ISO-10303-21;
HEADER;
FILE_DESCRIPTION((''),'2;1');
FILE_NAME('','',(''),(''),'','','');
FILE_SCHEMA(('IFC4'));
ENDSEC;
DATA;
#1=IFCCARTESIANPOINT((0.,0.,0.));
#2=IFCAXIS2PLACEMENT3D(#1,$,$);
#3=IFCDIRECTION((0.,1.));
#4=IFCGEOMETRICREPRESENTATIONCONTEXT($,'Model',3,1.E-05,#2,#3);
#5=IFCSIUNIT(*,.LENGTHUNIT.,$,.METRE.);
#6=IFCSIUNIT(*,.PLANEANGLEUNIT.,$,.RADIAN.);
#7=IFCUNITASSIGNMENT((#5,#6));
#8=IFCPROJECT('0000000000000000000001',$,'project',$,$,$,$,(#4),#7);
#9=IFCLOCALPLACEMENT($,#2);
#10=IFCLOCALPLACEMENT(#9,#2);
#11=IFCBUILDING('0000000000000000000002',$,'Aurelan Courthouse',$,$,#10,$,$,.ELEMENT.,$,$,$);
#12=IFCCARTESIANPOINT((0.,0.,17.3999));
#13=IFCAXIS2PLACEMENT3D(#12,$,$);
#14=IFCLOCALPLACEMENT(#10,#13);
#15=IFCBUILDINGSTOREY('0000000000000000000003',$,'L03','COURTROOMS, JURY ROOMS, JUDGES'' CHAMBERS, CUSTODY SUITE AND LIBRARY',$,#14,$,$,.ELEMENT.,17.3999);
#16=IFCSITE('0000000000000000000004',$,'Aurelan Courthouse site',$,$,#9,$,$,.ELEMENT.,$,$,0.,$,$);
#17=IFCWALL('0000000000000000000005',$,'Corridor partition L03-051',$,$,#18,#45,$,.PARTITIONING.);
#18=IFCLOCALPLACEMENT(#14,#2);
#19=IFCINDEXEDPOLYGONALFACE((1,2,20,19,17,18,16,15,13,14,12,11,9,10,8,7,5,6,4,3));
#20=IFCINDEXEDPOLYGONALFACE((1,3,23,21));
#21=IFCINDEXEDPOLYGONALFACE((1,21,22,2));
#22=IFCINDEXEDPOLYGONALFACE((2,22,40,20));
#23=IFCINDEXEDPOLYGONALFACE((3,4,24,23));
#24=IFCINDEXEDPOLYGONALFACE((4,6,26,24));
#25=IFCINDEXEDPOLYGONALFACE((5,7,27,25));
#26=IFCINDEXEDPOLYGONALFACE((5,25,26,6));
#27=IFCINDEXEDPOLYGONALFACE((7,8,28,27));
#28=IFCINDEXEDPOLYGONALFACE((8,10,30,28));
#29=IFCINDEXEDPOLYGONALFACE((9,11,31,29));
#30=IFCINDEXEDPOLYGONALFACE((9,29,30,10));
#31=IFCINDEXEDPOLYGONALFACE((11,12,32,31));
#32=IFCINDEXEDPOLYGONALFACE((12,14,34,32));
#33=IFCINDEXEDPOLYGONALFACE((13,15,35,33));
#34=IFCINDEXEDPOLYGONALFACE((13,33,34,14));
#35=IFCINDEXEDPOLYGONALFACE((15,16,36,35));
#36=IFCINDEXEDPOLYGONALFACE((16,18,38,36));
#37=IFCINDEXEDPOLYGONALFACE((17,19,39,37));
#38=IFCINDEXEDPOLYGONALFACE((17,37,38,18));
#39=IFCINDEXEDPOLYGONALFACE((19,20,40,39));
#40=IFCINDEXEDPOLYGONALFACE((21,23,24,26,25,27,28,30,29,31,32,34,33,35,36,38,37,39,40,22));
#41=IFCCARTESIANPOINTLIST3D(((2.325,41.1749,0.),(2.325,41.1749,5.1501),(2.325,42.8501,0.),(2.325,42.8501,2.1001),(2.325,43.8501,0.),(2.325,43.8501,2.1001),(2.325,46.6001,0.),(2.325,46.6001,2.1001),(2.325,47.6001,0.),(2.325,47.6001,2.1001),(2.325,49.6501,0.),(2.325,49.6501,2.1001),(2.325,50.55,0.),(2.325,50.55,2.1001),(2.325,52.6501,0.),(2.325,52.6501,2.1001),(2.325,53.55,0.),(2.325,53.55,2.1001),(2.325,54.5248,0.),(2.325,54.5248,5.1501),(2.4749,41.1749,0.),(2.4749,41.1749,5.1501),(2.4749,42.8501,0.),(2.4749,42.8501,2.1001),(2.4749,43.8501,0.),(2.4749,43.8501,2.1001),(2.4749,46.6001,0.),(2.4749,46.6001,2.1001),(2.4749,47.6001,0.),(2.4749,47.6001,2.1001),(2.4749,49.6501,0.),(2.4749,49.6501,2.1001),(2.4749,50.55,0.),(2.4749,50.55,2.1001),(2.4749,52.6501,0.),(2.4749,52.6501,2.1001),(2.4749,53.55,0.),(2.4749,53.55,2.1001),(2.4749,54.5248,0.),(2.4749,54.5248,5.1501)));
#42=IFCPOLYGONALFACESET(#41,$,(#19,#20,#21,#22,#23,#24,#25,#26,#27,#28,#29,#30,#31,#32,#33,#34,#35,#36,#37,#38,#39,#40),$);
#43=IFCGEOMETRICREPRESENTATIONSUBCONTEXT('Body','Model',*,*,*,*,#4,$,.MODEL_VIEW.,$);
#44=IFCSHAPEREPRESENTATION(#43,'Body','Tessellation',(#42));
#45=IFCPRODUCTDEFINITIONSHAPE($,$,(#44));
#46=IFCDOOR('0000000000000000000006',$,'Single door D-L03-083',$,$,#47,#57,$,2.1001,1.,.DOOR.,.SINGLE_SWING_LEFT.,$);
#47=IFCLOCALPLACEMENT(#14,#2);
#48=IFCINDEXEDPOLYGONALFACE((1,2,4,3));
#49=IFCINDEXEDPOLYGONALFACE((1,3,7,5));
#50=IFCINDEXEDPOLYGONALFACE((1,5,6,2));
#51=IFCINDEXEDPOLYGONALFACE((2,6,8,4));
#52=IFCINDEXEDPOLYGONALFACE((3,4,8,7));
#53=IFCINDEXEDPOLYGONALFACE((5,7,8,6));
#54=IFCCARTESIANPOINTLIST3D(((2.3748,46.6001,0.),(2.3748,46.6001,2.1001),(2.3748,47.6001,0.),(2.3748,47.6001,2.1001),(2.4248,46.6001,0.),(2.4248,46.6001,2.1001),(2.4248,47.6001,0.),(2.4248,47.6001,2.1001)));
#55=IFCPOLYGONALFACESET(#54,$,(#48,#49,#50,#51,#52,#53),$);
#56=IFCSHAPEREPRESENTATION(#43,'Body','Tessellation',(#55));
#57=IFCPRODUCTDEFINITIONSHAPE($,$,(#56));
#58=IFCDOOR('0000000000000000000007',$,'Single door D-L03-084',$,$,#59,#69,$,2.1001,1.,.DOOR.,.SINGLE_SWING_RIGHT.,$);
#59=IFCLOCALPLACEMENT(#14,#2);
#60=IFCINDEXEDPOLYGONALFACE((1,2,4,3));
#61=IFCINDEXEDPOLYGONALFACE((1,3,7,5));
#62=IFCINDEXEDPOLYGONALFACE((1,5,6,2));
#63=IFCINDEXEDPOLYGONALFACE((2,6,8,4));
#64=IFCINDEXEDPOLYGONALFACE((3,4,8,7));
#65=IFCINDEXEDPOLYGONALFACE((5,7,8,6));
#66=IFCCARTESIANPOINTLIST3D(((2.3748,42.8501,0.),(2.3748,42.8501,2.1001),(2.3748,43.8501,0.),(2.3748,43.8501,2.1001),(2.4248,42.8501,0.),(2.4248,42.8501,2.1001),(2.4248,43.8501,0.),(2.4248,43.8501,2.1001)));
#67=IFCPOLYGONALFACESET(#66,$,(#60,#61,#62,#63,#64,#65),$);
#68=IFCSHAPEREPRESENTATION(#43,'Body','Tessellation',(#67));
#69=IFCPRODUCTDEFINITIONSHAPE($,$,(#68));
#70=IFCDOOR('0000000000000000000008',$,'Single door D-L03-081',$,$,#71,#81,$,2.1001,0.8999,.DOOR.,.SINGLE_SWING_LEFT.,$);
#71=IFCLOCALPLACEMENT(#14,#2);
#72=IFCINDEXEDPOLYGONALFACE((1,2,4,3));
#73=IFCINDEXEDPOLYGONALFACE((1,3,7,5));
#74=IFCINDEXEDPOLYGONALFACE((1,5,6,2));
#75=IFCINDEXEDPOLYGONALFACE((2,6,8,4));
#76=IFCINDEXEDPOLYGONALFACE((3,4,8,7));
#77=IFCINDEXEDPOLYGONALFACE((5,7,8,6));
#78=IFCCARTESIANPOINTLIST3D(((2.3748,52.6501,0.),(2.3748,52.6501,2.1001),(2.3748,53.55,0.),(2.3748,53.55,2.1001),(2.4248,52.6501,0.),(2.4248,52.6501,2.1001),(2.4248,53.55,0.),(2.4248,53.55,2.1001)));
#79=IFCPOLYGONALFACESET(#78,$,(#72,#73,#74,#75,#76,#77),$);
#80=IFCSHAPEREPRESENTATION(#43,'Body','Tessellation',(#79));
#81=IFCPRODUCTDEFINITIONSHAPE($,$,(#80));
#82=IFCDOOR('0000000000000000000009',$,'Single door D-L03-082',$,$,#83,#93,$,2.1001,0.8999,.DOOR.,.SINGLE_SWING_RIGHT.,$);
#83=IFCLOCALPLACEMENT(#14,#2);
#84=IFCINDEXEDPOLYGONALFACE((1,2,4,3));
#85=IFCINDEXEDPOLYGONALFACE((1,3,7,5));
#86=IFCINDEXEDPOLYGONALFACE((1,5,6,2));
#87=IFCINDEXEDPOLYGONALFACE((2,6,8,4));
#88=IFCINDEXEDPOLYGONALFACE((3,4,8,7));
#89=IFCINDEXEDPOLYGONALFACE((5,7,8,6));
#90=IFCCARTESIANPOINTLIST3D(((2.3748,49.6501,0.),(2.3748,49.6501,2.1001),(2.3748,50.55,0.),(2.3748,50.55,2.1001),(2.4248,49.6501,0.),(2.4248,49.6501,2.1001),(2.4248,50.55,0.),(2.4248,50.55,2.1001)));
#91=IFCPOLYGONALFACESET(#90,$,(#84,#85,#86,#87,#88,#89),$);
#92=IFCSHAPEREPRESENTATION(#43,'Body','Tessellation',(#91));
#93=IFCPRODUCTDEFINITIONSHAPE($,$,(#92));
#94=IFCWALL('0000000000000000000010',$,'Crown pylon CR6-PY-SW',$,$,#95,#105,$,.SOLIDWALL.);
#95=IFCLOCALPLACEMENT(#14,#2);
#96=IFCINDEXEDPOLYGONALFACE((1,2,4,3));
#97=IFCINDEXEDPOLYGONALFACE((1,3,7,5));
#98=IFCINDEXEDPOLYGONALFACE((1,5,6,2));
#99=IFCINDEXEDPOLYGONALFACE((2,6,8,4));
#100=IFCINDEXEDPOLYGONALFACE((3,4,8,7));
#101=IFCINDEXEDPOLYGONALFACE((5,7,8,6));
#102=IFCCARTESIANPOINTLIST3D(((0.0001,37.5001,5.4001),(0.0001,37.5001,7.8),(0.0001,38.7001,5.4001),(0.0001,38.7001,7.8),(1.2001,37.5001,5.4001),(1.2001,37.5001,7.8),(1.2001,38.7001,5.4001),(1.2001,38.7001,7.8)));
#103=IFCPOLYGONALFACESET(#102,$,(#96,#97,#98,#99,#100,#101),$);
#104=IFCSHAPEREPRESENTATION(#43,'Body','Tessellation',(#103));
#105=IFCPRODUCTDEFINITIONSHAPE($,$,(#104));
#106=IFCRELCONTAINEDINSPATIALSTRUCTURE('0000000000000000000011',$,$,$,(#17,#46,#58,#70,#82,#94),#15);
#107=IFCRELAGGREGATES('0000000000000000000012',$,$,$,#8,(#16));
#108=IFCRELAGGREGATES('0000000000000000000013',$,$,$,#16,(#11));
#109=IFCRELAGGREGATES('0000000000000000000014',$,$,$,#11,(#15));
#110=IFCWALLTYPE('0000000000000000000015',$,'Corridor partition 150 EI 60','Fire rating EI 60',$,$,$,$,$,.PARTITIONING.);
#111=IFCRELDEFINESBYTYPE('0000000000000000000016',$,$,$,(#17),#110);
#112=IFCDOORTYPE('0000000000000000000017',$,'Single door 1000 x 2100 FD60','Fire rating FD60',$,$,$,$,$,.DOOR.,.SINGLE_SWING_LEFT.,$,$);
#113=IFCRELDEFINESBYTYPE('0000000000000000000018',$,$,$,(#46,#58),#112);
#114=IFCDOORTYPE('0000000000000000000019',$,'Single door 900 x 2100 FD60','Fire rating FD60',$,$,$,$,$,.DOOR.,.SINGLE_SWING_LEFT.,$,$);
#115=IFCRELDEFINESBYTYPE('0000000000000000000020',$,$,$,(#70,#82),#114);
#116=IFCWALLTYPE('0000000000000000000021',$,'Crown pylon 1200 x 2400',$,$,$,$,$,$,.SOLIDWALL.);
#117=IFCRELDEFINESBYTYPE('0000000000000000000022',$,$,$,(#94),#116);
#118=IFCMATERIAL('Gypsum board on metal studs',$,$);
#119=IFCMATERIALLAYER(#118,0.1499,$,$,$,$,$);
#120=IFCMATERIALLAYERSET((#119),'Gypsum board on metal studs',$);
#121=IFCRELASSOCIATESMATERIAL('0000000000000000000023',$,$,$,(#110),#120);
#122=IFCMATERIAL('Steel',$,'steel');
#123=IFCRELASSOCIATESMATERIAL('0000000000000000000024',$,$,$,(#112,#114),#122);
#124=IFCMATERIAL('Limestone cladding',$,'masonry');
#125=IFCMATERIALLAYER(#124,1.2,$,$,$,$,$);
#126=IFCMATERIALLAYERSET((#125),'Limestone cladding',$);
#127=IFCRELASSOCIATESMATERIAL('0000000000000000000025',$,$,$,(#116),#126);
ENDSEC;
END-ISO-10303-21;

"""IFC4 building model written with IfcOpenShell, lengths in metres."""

from ifc_helpers import new_model, si_unit, direction, frame, frame_2d, origin, place, context, subcontext, project, spatial, rectangle, extrude, material, layer, layer_set, type_object, element, fill, save


model = new_model("IFC4")

# Units and contexts
model_context = context("Model", 3, precision=1e-05, world=origin(), true_north=direction((0.0, 1.0)))
body_context = subcontext(model_context, "Body", "Model", "MODEL_VIEW")
ifc_project = project(units=[si_unit("LENGTHUNIT", "METRE"), si_unit("PLANEANGLEUNIT", "RADIAN")], contexts=[model_context])

# Site, building, storey
site_placement = place(None, origin())
site = spatial("IfcSite", under=ifc_project, at=site_placement, Name="Aurelan Courthouse site", CompositionType="ELEMENT", RefElevation=0.0)
building_placement = place(site_placement, origin())
building = spatial("IfcBuilding", under=site, at=building_placement, Name="Aurelan Courthouse", CompositionType="ELEMENT")
storey_placement = place(building_placement, frame((0.0, 0.0, 17.3999)))
storey = spatial("IfcBuildingStorey", under=building, at=storey_placement, Name="L03", Description="COURTROOMS, JURY ROOMS, JUDGES' CHAMBERS, CUSTODY SUITE AND LIBRARY", CompositionType="ELEMENT", Elevation=17.3999)

# Shared definitions
ifc_material_1 = material(Name="Limestone cladding", Category="masonry")

# Shared definitions
ifc_material_2 = material(Name="Gypsum board on metal studs")
ifc_layer_1 = layer(ifc_material_2, 0.1499)
ifc_layer_set_1 = layer_set([ifc_layer_1], Name="Gypsum board on metal studs")
wall_type_1 = type_object("IfcWallType", Name="Corridor partition 150 EI 60", Description="Fire rating EI 60", PredefinedType="PARTITIONING", material=ifc_layer_set_1)
ifc_material_3 = material(Name="Steel", Category="steel")
door_type_1 = type_object("IfcDoorType", Name="Single door 1000 x 2100 FD60", Description="Fire rating FD60", OperationType="SINGLE_SWING_LEFT", PredefinedType="DOOR", material=ifc_material_3)

# Wall, openings, doors
wall_1_placement = place(storey_placement, frame((2.3999, 41.175, 0.0), z_axis=(0.0, 0.0, 1.0), x_axis=(0.0, 1.0, 0.0)))
wall_1 = element("IfcWall", 1, at=wall_1_placement, inside=storey, type_object=wall_type_1, Name="Corridor partition L03-051", PredefinedType="PARTITIONING", context=body_context, shape_type="SweptSolid", body=[
    extrude(rectangle(XDim=13.3499, YDim=0.1499, at=frame_2d((6.6748, 0.0))), origin(), (0.0, 0.0, 1.0), 5.1501),
])
opening_1_placement = place(wall_1_placement, frame((12.375, 0.0, 0.0), z_axis=(0.0, 0.0, 1.0), x_axis=(-1.0, 0.0, 0.0)))
opening_1 = element("IfcOpeningElement", 2, at=opening_1_placement, cuts=wall_1, PredefinedType="OPENING", context=body_context, shape_type="SweptSolid", body=[
    extrude(rectangle(XDim=0.8999, YDim=2.1001, at=frame_2d((0.45, 1.05))), frame((0.0, 0.085, 0.0), z_axis=(0.0, -1.0, 0.0), x_axis=(1.0, 0.0, 0.0)), (0.0, 0.0, 1.0), 0.1699),
])
opening_2_placement = place(wall_1_placement, frame((9.375, 0.0, 0.0), z_axis=(0.0, 0.0, 1.0), x_axis=(-1.0, 0.0, 0.0)))
opening_2 = element("IfcOpeningElement", 3, at=opening_2_placement, cuts=wall_1, PredefinedType="OPENING", context=body_context, shape_type="SweptSolid", body=[
    extrude(rectangle(XDim=0.8999, YDim=2.1001, at=frame_2d((0.45, 1.05))), frame((0.0, 0.085, 0.0), z_axis=(0.0, -1.0, 0.0), x_axis=(1.0, 0.0, 0.0)), (0.0, 0.0, 1.0), 0.1699),
])
opening_3_placement = place(wall_1_placement, frame((6.425, 0.0, 0.0), z_axis=(0.0, 0.0, 1.0), x_axis=(-1.0, 0.0, 0.0)))
opening_3 = element("IfcOpeningElement", 4, at=opening_3_placement, cuts=wall_1, PredefinedType="OPENING", context=body_context, shape_type="SweptSolid", body=[
    extrude(rectangle(XDim=1.0, YDim=2.1001, at=frame_2d((0.5, 1.05))), frame((0.0, 0.085, 0.0), z_axis=(0.0, -1.0, 0.0), x_axis=(1.0, 0.0, 0.0)), (0.0, 0.0, 1.0), 0.1699),
])
opening_4_placement = place(wall_1_placement, frame((2.675, 0.0, 0.0), z_axis=(0.0, 0.0, 1.0), x_axis=(-1.0, 0.0, 0.0)))
opening_4 = element("IfcOpeningElement", 5, at=opening_4_placement, cuts=wall_1, PredefinedType="OPENING", context=body_context, shape_type="SweptSolid", body=[
    extrude(rectangle(XDim=1.0, YDim=2.1001, at=frame_2d((0.5, 1.05))), frame((0.0, 0.085, 0.0), z_axis=(0.0, -1.0, 0.0), x_axis=(1.0, 0.0, 0.0)), (0.0, 0.0, 1.0), 0.1699),
])
door_1_placement = place(opening_3_placement, origin())
door_1 = element("IfcDoor", 6, at=door_1_placement, inside=storey, type_object=door_type_1, Name="Single door D-L03-083", OperationType="SINGLE_SWING_LEFT", OverallHeight=2.1001, OverallWidth=1.0, PredefinedType="DOOR", context=body_context, shape_type="SweptSolid", body=[
    extrude(rectangle(XDim=1.0, YDim=2.1001, at=frame_2d((0.5, 1.05))), frame((0.0, 0.0249, 0.0), z_axis=(0.0, -1.0, 0.0), x_axis=(1.0, 0.0, 0.0)), (0.0, 0.0, 1.0), 0.05),
])
fill(opening_3, door_1)
door_2_placement = place(opening_4_placement, origin())
door_2 = element("IfcDoor", 7, at=door_2_placement, inside=storey, type_object=door_type_1, Name="Single door D-L03-084", OperationType="SINGLE_SWING_RIGHT", OverallHeight=2.1001, OverallWidth=1.0, PredefinedType="DOOR", context=body_context, shape_type="SweptSolid", body=[
    extrude(rectangle(XDim=1.0, YDim=2.1001, at=frame_2d((0.5, 1.05))), frame((0.0, 0.0249, 0.0), z_axis=(0.0, -1.0, 0.0), x_axis=(1.0, 0.0, 0.0)), (0.0, 0.0, 1.0), 0.05),
])
fill(opening_4, door_2)
door_type_2 = type_object("IfcDoorType", Name="Single door 900 x 2100 FD60", Description="Fire rating FD60", OperationType="SINGLE_SWING_LEFT", PredefinedType="DOOR", material=ifc_material_3)
door_3_placement = place(opening_1_placement, origin())
door_3 = element("IfcDoor", 8, at=door_3_placement, inside=storey, type_object=door_type_2, Name="Single door D-L03-081", OperationType="SINGLE_SWING_LEFT", OverallHeight=2.1001, OverallWidth=0.8999, PredefinedType="DOOR", context=body_context, shape_type="SweptSolid", body=[
    extrude(rectangle(XDim=0.8999, YDim=2.1001, at=frame_2d((0.45, 1.05))), frame((0.0, 0.0249, 0.0), z_axis=(0.0, -1.0, 0.0), x_axis=(1.0, 0.0, 0.0)), (0.0, 0.0, 1.0), 0.05),
])
fill(opening_1, door_3)
door_4_placement = place(opening_2_placement, origin())
door_4 = element("IfcDoor", 9, at=door_4_placement, inside=storey, type_object=door_type_2, Name="Single door D-L03-082", OperationType="SINGLE_SWING_RIGHT", OverallHeight=2.1001, OverallWidth=0.8999, PredefinedType="DOOR", context=body_context, shape_type="SweptSolid", body=[
    extrude(rectangle(XDim=0.8999, YDim=2.1001, at=frame_2d((0.45, 1.05))), frame((0.0, 0.0249, 0.0), z_axis=(0.0, -1.0, 0.0), x_axis=(1.0, 0.0, 0.0)), (0.0, 0.0, 1.0), 0.05),
])
fill(opening_2, door_4)

# Wall
ifc_layer_2 = layer(ifc_material_1, 1.2)
ifc_layer_set_2 = layer_set([ifc_layer_2], Name="Limestone cladding")
wall_type_2 = type_object("IfcWallType", Name="Crown pylon 1200 x 2400", PredefinedType="SOLIDWALL", material=ifc_layer_set_2)
wall_2_placement = place(storey_placement, frame((0.0, 38.1001, 5.4001), z_axis=(0.0, 0.0, 1.0), x_axis=(1.0, 0.0, 0.0)))
element("IfcWall", 10, at=wall_2_placement, inside=storey, type_object=wall_type_2, Name="Crown pylon CR6-PY-SW", PredefinedType="SOLIDWALL", context=body_context, shape_type="SweptSolid", body=[
    extrude(rectangle(XDim=1.2, YDim=1.2, at=frame_2d((0.6001, 0.0))), origin(), (0.0, 0.0, 1.0), 2.3999),
])

save(model, "model.ifc")
